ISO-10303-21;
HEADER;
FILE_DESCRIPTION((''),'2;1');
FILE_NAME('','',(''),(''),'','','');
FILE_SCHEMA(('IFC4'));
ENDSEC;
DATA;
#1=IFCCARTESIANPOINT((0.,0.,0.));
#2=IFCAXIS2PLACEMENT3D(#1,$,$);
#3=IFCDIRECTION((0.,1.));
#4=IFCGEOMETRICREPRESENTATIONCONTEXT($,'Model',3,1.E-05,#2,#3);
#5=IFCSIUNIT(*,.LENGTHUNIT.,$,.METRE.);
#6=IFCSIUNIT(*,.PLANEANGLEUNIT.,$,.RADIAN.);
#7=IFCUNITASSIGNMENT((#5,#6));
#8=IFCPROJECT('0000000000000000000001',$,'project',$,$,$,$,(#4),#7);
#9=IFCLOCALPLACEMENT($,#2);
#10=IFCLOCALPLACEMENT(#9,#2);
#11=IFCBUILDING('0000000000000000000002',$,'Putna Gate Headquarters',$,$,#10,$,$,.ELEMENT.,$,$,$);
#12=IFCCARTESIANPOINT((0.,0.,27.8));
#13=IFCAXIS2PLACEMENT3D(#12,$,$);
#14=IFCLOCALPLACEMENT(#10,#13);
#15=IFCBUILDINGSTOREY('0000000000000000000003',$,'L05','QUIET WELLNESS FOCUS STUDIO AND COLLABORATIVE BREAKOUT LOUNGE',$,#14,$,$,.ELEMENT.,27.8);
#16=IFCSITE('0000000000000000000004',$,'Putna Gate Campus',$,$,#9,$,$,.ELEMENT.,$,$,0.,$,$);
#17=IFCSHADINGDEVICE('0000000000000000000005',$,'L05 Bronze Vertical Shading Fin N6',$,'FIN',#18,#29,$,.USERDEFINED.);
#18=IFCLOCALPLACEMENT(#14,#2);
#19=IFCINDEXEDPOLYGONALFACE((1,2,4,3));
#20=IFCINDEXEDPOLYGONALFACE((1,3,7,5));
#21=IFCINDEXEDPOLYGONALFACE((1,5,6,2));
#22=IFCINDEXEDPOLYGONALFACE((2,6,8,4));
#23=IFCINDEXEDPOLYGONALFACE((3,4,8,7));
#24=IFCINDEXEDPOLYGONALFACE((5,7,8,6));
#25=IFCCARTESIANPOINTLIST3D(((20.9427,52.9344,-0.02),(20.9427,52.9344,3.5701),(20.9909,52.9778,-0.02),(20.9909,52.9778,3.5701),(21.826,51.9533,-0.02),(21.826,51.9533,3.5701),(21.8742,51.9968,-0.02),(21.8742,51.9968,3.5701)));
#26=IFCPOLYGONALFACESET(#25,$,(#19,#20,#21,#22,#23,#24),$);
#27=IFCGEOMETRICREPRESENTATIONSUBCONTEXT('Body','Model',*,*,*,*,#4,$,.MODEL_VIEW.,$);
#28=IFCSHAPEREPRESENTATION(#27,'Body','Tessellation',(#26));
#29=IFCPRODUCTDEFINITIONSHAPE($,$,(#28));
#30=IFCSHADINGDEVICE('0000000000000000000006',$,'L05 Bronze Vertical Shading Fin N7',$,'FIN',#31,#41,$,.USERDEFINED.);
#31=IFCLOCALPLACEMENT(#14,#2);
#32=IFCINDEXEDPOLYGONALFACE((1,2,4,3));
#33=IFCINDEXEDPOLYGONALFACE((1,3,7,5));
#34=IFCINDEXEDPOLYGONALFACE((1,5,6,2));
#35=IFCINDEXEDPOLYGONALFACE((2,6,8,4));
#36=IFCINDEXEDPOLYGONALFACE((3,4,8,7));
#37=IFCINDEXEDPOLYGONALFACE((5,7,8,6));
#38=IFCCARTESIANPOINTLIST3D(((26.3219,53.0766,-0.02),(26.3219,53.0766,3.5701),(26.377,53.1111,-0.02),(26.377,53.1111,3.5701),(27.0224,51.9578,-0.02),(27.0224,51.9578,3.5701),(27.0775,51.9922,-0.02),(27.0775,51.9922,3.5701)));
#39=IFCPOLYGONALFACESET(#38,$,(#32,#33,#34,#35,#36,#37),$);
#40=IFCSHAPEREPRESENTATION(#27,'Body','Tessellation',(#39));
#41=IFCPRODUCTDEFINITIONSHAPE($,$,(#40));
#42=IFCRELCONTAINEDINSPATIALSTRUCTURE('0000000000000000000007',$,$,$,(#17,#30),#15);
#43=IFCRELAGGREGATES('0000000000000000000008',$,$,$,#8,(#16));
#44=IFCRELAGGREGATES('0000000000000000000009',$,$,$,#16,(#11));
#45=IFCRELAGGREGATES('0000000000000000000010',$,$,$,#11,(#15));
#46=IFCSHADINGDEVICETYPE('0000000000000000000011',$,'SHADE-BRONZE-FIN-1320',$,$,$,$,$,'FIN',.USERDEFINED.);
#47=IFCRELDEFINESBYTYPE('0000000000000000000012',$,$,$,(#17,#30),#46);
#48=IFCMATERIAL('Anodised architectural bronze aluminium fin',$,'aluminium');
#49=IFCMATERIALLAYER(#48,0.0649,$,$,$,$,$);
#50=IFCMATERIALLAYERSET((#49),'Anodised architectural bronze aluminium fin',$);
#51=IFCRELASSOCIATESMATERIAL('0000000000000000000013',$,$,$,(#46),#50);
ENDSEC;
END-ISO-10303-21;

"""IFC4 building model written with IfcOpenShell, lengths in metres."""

from ifc_helpers import new_model, si_unit, direction, frame, origin, origin_2d, place, context, subcontext, project, spatial, rectangle, extrude, material, layer, layer_set, type_object, element, save


model = new_model("IFC4")

# Units and contexts
model_context = context("Model", 3, precision=1e-05, world=origin(), true_north=direction((0.0, 1.0)))
body_context = subcontext(model_context, "Body", "Model", "MODEL_VIEW")
ifc_project = project(units=[si_unit("LENGTHUNIT", "METRE"), si_unit("PLANEANGLEUNIT", "RADIAN")], contexts=[model_context])

# Site, building, storey
site_placement = place(None, origin())
site = spatial("IfcSite", under=ifc_project, at=site_placement, Name="Putna Gate Campus", CompositionType="ELEMENT", RefElevation=0.0)
building_placement = place(site_placement, origin())
building = spatial("IfcBuilding", under=site, at=building_placement, Name="Putna Gate Headquarters", CompositionType="ELEMENT")
storey_placement = place(building_placement, frame((0.0, 0.0, 27.8)))
storey = spatial("IfcBuildingStorey", under=building, at=storey_placement, Name="L05", Description="QUIET WELLNESS FOCUS STUDIO AND COLLABORATIVE BREAKOUT LOUNGE", CompositionType="ELEMENT", Elevation=27.8)

# Shading devices
ifc_material_1 = material(Name="Anodised architectural bronze aluminium fin", Category="aluminium")
ifc_layer_1 = layer(ifc_material_1, 0.0649)
ifc_layer_set_1 = layer_set([ifc_layer_1], Name="Anodised architectural bronze aluminium fin")
shading_device_type = type_object("IfcShadingDeviceType", Name="SHADE-BRONZE-FIN-1320", ElementType="FIN", PredefinedType="USERDEFINED", material=ifc_layer_set_1)
for number, where, z_axis, x_axis, name in (
    (1, (21.4084, 52.4656, -0.02), (0.0, 0.0, 1.0), (-0.669131, 0.743145, 0.0), "L05 Bronze Vertical Shading Fin N6"),
    (2, (26.6997, 52.5344, -0.02), (0.0, 0.0, 1.0), (-0.530659, 0.847585, 0.0), "L05 Bronze Vertical Shading Fin N7"),
):
    element("IfcShadingDevice", number, at=place(storey_placement, frame(where, z_axis=z_axis, x_axis=x_axis)), inside=storey, type_object=shading_device_type, Name=name, ObjectType="FIN", PredefinedType="USERDEFINED", context=body_context, shape_type="SweptSolid", body=[
        extrude(rectangle(XDim=1.3201, YDim=0.0649, at=origin_2d()), origin(), (0.0, 0.0, 1.0), 3.5901),
    ])

save(model, "model.ifc")
